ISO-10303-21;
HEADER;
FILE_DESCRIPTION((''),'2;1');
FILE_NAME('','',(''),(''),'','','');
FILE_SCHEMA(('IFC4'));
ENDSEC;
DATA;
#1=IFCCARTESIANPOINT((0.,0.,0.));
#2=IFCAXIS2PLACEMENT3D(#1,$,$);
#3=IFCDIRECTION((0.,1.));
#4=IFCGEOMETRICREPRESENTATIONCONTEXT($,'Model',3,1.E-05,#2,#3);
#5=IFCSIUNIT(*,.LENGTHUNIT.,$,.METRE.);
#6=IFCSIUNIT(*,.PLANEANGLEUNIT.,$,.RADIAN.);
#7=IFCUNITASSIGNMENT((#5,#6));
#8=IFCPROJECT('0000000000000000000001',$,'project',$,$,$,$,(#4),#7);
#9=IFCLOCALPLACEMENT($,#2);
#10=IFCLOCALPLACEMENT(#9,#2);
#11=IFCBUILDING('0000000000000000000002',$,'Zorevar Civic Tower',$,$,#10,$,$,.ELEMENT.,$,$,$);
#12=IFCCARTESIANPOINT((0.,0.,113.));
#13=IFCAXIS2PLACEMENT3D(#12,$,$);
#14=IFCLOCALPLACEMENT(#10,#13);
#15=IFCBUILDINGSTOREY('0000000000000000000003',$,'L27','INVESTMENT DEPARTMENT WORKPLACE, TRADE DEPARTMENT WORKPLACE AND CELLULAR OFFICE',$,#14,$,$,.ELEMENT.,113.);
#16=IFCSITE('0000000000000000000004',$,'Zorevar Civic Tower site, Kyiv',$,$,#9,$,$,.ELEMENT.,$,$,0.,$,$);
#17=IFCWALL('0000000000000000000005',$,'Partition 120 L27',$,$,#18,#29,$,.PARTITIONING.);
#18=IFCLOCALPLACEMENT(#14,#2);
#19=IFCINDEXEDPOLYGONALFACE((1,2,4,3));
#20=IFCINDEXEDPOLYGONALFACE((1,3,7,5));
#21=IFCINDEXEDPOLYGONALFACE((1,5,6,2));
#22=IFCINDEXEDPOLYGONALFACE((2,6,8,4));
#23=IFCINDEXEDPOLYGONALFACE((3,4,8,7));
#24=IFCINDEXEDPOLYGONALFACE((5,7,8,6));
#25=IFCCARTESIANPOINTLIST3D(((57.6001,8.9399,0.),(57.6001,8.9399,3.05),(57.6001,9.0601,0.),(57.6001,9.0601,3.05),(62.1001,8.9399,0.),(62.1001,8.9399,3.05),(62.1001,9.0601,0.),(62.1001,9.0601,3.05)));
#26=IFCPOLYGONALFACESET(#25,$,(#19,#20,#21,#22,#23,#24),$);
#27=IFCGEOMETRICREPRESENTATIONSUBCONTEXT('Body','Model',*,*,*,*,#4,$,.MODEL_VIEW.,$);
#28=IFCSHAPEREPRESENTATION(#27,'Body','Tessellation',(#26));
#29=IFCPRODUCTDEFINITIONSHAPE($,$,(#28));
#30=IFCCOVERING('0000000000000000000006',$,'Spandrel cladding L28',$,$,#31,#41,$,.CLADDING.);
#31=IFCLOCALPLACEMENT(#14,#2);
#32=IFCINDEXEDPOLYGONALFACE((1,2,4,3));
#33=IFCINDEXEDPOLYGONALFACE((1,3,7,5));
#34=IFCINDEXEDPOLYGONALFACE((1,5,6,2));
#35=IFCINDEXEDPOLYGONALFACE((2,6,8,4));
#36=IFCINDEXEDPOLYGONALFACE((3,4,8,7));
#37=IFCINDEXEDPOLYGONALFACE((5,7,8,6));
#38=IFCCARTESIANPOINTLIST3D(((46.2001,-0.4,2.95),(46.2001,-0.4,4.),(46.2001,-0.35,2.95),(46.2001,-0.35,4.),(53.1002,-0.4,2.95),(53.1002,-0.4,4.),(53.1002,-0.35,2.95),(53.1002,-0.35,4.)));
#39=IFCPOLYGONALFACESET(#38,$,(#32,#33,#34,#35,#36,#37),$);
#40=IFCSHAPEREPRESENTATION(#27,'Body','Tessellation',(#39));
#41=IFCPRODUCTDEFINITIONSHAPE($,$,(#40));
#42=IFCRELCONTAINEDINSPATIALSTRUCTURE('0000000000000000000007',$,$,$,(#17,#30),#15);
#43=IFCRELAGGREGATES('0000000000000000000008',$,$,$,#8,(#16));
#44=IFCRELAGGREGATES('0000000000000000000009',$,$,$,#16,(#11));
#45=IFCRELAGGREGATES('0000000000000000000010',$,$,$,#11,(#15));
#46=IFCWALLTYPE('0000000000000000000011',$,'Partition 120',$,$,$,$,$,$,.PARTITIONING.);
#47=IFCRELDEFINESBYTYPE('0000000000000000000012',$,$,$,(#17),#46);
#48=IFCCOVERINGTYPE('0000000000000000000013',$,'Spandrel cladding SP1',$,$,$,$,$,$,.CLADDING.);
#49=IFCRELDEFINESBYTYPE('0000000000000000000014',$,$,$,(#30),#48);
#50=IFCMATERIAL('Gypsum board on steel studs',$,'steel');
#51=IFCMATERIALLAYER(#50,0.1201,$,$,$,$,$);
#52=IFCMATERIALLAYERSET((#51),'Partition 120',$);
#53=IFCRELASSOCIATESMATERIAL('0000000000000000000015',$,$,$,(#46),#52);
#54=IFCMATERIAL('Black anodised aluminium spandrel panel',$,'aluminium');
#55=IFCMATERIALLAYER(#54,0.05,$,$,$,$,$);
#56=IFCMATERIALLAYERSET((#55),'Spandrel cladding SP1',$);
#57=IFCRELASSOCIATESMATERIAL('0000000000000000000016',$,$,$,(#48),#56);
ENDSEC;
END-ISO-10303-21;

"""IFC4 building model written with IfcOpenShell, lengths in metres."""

from ifc_helpers import new_model, si_unit, direction, frame, frame_2d, origin, place, context, subcontext, project, spatial, rectangle, extrude, material, layer, layer_set, type_object, element, save


model = new_model("IFC4")

# Units and contexts
model_context = context("Model", 3, precision=1e-05, world=origin(), true_north=direction((0.0, 1.0)))
body_context = subcontext(model_context, "Body", "Model", "MODEL_VIEW")
ifc_project = project(units=[si_unit("LENGTHUNIT", "METRE"), si_unit("PLANEANGLEUNIT", "RADIAN")], contexts=[model_context])

# Site, building, storey
site_placement = place(None, origin())
site = spatial("IfcSite", under=ifc_project, at=site_placement, Name="Zorevar Civic Tower site, Kyiv", CompositionType="ELEMENT", RefElevation=0.0)
building_placement = place(site_placement, origin())
building = spatial("IfcBuilding", under=site, at=building_placement, Name="Zorevar Civic Tower", CompositionType="ELEMENT")
storey_placement = place(building_placement, frame((0.0, 0.0, 113.0)))
storey = spatial("IfcBuildingStorey", under=building, at=storey_placement, Name="L27", Description="INVESTMENT DEPARTMENT WORKPLACE, TRADE DEPARTMENT WORKPLACE AND CELLULAR OFFICE", CompositionType="ELEMENT", Elevation=113.0)

# Wall
ifc_material_1 = material(Name="Gypsum board on steel studs", Category="steel")
ifc_layer_1 = layer(ifc_material_1, 0.1201)
ifc_layer_set_1 = layer_set([ifc_layer_1], Name="Partition 120")
wall_type = type_object("IfcWallType", Name="Partition 120", PredefinedType="PARTITIONING", material=ifc_layer_set_1)
wall_placement = place(storey_placement, frame((57.6001, 9.0, 0.0), z_axis=(0.0, 0.0, 1.0), x_axis=(1.0, 0.0, 0.0)))
element("IfcWall", 1, at=wall_placement, inside=storey, type_object=wall_type, Name="Partition 120 L27", PredefinedType="PARTITIONING", context=body_context, shape_type="SweptSolid", body=[
    extrude(rectangle(XDim=4.5, YDim=0.1201, at=frame_2d((2.25, 0.0))), origin(), (0.0, 0.0, 1.0), 3.05),
])

# Covering
ifc_material_2 = material(Name="Black anodised aluminium spandrel panel", Category="aluminium")
ifc_layer_2 = layer(ifc_material_2, 0.05)
ifc_layer_set_2 = layer_set([ifc_layer_2], Name="Spandrel cladding SP1")
covering_type = type_object("IfcCoveringType", Name="Spandrel cladding SP1", PredefinedType="CLADDING", material=ifc_layer_set_2)
covering_placement = place(storey_placement, frame((46.2, -0.375, 2.95), z_axis=(0.0, 0.0, 1.0), x_axis=(1.0, 0.0, 0.0)))
element("IfcCovering", 2, at=covering_placement, inside=storey, type_object=covering_type, Name="Spandrel cladding L28", PredefinedType="CLADDING", context=body_context, shape_type="SweptSolid", body=[
    extrude(rectangle(XDim=6.9001, YDim=0.05, at=frame_2d((3.4502, 0.0))), origin(), (0.0, 0.0, 1.0), 1.05),
])

save(model, "model.ifc")
